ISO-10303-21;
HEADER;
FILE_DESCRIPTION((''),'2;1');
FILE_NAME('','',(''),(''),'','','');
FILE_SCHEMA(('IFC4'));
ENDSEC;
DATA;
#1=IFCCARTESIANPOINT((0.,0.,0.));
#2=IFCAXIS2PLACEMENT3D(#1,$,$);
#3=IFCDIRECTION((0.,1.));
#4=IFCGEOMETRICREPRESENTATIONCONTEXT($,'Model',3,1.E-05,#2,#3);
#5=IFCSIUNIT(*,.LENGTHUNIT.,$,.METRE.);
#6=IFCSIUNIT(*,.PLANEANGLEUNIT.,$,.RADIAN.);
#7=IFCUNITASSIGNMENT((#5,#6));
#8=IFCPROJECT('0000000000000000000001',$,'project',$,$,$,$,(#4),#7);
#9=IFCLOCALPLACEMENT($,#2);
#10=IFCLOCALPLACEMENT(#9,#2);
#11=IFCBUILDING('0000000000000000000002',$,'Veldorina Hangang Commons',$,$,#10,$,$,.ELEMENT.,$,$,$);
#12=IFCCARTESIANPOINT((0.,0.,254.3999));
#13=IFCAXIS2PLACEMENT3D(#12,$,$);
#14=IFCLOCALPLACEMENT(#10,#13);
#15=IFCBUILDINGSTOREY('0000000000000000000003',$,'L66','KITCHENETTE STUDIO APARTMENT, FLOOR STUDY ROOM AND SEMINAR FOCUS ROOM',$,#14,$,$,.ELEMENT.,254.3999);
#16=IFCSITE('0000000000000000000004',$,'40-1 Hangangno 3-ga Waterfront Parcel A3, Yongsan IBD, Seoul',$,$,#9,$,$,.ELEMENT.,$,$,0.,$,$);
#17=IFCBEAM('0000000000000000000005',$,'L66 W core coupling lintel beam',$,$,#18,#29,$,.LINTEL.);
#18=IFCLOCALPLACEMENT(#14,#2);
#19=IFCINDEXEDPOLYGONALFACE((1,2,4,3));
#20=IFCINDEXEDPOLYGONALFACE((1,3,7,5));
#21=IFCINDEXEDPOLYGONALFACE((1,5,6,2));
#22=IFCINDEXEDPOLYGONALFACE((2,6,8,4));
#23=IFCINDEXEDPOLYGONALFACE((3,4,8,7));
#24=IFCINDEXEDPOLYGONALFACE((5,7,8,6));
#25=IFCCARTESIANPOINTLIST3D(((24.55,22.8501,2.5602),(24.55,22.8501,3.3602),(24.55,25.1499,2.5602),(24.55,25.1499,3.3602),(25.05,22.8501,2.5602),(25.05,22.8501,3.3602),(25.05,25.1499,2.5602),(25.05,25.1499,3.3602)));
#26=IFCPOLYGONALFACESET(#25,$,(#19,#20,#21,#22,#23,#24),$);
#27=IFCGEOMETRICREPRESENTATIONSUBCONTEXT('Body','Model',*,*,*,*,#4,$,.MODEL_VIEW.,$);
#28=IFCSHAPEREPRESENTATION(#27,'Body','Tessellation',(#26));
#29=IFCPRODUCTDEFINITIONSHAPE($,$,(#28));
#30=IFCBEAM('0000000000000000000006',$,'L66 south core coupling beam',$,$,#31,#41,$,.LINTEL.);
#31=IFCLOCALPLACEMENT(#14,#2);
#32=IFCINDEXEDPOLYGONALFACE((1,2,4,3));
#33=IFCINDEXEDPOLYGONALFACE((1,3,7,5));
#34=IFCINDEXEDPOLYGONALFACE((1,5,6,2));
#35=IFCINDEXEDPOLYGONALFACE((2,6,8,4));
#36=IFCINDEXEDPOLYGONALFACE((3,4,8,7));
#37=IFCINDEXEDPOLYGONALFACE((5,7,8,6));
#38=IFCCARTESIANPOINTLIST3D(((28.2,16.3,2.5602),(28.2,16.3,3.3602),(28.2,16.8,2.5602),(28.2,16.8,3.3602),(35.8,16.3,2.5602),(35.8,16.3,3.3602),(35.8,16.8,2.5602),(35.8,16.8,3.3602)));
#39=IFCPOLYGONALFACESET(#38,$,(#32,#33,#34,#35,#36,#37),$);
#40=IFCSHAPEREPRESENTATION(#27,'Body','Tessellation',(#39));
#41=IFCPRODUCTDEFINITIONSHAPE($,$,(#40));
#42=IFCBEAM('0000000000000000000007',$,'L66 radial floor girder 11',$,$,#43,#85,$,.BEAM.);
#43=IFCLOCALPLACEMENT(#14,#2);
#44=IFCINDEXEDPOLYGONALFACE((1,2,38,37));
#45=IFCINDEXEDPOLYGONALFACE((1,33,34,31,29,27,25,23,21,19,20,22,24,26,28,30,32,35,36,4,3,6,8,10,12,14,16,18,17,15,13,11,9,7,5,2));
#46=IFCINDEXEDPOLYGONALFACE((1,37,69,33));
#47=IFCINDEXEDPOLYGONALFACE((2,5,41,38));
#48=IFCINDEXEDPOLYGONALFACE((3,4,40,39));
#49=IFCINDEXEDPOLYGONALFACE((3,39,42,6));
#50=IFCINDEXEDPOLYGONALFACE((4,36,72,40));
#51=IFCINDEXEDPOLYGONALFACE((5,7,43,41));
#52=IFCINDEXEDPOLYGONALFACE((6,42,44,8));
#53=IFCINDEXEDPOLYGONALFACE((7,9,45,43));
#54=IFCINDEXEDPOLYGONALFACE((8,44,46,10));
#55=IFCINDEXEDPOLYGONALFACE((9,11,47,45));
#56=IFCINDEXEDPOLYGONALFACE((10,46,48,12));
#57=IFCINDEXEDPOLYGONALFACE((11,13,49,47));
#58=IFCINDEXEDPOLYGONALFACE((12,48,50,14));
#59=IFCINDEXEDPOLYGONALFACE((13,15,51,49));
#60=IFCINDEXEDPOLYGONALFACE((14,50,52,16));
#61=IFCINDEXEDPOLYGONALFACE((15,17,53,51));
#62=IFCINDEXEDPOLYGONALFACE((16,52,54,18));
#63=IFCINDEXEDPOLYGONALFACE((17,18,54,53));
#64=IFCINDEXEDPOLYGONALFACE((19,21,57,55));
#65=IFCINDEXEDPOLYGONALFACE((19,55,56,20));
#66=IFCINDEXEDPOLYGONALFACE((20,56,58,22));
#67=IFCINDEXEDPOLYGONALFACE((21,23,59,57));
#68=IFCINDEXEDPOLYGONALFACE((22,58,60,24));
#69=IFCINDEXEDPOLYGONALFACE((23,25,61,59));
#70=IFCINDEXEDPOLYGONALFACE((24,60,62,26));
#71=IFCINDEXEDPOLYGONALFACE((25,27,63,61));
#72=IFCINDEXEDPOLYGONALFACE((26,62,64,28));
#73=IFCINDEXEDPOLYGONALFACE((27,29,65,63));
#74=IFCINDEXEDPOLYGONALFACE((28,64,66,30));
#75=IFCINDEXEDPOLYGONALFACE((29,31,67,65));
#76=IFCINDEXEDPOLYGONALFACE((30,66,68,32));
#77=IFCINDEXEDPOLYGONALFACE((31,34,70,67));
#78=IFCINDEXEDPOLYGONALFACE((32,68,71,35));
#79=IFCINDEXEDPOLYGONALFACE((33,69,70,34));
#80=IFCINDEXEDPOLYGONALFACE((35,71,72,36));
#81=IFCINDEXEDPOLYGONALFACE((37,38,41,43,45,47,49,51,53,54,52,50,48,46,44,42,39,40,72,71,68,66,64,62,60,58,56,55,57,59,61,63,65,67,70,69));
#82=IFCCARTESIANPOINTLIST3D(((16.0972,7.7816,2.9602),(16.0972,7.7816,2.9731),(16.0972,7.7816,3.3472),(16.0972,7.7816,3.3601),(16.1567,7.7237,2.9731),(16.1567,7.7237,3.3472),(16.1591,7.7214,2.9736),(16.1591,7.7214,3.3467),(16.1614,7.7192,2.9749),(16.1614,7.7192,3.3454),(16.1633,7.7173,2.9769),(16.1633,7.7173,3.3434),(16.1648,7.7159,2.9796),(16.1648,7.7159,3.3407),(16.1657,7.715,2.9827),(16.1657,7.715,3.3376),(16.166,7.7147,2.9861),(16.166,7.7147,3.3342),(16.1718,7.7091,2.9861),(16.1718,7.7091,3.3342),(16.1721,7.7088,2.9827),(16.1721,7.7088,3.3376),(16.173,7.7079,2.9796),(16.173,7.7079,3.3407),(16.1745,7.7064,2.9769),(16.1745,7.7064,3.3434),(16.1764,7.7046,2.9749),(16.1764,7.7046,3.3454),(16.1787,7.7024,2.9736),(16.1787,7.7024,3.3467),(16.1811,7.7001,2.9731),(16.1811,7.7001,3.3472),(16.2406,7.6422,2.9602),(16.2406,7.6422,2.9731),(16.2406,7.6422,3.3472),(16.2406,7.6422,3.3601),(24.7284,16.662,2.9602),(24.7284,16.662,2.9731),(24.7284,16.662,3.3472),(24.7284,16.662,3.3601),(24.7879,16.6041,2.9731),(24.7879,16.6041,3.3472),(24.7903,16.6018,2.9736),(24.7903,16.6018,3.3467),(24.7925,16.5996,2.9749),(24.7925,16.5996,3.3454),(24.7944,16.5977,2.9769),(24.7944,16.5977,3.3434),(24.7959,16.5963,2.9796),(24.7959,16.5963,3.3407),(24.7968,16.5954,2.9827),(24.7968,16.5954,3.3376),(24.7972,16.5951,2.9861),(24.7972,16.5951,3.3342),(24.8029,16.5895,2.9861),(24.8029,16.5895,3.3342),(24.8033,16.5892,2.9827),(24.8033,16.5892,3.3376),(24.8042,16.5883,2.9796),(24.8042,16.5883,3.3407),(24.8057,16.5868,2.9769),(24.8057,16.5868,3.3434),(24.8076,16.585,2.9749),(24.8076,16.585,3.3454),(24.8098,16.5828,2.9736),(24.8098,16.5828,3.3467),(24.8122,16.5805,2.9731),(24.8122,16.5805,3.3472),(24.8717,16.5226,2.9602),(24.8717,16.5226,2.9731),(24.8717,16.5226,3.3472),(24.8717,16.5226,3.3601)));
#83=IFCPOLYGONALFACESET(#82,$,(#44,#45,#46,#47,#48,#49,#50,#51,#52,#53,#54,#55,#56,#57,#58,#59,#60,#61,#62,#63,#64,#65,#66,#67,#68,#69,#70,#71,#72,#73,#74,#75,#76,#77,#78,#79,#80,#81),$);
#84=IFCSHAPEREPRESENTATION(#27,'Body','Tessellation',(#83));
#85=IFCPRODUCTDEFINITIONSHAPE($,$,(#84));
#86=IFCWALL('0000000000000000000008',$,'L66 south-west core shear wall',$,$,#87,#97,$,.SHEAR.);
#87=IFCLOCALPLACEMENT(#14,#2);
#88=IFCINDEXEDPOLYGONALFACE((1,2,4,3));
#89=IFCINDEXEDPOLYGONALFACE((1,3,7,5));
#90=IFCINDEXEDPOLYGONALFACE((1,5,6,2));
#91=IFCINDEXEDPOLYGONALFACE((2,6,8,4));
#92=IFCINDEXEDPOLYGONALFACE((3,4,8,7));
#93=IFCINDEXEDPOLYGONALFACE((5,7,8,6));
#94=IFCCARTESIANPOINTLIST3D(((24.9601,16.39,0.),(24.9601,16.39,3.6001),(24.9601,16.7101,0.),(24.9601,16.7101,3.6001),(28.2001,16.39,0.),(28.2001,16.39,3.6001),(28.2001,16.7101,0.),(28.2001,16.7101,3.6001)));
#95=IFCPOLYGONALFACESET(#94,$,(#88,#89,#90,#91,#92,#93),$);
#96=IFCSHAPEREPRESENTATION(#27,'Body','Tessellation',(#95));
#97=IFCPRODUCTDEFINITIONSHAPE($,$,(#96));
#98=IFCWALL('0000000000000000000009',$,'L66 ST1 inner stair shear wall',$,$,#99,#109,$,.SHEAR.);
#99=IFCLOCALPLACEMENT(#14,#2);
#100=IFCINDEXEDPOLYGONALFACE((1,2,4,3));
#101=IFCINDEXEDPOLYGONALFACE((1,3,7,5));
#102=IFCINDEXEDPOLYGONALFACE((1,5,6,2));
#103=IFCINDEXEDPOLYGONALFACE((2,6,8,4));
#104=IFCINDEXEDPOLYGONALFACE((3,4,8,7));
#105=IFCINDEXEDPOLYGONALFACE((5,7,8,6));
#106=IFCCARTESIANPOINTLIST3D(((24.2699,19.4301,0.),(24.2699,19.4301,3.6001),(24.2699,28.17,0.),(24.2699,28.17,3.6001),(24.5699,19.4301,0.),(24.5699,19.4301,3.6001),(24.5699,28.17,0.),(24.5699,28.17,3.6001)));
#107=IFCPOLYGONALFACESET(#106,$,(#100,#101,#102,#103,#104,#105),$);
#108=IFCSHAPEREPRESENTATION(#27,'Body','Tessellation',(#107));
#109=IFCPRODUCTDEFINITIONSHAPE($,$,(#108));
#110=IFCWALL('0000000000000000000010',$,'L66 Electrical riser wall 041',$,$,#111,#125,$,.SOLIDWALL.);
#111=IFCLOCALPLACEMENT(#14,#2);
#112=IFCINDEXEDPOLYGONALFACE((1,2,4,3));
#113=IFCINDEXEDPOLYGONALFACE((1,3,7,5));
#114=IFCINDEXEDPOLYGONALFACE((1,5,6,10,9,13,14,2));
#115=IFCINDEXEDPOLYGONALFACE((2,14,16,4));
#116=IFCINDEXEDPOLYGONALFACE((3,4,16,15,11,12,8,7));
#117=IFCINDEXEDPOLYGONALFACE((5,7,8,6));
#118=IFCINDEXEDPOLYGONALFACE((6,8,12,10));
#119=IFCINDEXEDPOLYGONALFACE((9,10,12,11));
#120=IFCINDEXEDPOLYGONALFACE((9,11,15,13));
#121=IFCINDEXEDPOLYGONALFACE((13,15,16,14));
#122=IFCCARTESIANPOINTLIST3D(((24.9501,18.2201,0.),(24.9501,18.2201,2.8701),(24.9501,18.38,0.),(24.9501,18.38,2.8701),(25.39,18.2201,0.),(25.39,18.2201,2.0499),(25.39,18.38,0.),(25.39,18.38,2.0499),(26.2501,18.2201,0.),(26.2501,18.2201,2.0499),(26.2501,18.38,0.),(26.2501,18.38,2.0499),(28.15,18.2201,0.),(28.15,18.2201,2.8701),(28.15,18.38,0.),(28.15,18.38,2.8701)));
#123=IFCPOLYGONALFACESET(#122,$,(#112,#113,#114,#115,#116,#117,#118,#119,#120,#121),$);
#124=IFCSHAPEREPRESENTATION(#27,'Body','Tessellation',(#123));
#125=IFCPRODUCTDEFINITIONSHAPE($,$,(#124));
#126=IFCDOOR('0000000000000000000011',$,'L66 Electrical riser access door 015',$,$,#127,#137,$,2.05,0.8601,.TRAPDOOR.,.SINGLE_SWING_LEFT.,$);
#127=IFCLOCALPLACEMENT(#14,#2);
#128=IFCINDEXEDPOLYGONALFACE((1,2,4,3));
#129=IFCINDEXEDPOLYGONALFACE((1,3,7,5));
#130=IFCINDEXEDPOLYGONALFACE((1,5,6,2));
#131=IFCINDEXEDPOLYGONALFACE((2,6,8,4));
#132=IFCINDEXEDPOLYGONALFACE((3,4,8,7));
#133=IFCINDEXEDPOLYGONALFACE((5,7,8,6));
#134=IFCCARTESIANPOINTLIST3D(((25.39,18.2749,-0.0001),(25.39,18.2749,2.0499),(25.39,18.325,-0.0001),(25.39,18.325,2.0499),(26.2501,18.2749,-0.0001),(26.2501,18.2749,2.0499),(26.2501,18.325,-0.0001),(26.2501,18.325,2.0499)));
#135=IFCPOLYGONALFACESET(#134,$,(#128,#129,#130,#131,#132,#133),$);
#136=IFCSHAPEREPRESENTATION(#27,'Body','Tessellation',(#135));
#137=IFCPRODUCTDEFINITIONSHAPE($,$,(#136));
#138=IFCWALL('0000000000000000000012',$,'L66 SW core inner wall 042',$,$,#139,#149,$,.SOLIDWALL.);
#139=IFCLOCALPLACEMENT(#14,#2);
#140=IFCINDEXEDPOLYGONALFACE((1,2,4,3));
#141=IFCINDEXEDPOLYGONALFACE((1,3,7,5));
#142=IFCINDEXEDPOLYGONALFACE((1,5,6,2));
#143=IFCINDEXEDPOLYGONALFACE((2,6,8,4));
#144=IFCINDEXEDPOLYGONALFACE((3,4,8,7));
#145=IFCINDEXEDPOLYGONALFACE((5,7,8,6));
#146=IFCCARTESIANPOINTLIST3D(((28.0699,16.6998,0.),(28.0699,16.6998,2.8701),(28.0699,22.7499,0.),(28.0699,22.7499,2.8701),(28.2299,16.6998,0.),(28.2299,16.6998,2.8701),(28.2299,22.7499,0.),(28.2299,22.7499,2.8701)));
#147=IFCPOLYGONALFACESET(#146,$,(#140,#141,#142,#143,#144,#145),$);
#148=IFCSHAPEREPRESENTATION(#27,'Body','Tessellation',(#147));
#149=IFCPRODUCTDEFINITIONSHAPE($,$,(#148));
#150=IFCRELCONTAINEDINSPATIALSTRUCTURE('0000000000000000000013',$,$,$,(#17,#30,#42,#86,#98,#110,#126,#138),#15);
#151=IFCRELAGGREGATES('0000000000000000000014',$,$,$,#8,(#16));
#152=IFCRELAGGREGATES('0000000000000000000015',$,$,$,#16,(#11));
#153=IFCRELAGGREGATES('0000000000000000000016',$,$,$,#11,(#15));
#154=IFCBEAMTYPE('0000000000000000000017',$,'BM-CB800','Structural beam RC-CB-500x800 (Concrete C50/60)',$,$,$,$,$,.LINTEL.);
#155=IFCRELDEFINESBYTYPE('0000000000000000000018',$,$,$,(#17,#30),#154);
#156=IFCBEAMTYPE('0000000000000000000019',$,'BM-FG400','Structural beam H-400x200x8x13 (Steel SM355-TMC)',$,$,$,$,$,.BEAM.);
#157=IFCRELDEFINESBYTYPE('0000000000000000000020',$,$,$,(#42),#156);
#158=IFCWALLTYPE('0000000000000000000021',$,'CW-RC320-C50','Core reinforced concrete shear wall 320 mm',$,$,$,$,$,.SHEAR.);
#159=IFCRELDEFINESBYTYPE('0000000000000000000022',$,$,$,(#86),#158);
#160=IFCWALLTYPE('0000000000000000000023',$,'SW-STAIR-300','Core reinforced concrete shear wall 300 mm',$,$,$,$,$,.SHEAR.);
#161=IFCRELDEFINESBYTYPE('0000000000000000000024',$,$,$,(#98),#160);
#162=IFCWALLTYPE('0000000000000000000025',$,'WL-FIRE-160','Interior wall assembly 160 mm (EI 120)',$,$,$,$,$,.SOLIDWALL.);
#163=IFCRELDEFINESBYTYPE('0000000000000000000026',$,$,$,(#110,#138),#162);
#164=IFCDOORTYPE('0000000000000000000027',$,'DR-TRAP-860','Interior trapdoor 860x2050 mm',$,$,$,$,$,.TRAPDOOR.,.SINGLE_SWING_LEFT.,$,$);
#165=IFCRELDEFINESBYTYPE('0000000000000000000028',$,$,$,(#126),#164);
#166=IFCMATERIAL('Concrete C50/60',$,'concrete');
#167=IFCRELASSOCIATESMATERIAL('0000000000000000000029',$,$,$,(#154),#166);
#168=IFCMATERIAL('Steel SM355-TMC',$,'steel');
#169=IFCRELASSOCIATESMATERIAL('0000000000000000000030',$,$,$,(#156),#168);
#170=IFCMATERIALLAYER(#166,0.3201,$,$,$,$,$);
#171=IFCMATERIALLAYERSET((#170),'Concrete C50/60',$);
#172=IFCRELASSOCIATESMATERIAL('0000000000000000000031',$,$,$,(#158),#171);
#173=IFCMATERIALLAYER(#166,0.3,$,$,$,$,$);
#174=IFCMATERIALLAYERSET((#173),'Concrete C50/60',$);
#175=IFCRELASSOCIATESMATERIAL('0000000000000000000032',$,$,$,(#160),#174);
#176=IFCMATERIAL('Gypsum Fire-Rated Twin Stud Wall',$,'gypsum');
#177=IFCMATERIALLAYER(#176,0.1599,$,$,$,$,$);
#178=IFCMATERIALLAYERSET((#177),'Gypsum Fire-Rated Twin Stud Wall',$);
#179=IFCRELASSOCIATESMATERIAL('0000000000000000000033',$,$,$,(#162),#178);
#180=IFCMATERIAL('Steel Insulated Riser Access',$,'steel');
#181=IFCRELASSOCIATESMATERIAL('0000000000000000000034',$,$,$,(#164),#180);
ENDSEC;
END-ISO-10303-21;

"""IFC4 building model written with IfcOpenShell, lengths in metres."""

from ifc_helpers import new_model, si_unit, direction, frame, frame_2d, origin, origin_2d, place, context, subcontext, project, spatial, rectangle, i_section, extrude, material, layer, layer_set, material_profile, profile_set, type_object, element, fill, save


model = new_model("IFC4")

# Units and contexts
model_context = context("Model", 3, precision=1e-05, world=origin(), true_north=direction((0.0, 1.0)))
body_context = subcontext(model_context, "Body", "Model", "MODEL_VIEW")
ifc_project = project(units=[si_unit("LENGTHUNIT", "METRE"), si_unit("PLANEANGLEUNIT", "RADIAN")], contexts=[model_context])

# Site, building, storey
site_placement = place(None, origin())
site = spatial("IfcSite", under=ifc_project, at=site_placement, Name="40-1 Hangangno 3-ga Waterfront Parcel A3, Yongsan IBD, Seoul", CompositionType="ELEMENT", RefElevation=0.0)
building_placement = place(site_placement, origin())
building = spatial("IfcBuilding", under=site, at=building_placement, Name="Veldorina Hangang Commons", CompositionType="ELEMENT")
storey_placement = place(building_placement, frame((0.0, 0.0, 254.3999)))
storey = spatial("IfcBuildingStorey", under=building, at=storey_placement, Name="L66", Description="KITCHENETTE STUDIO APARTMENT, FLOOR STUDY ROOM AND SEMINAR FOCUS ROOM", CompositionType="ELEMENT", Elevation=254.3999)

# Beams
ifc_material_1 = material(Name="Concrete C50/60", Category="concrete")
ifc_material_profile_1 = material_profile(ifc_material_1, rectangle(XDim=0.5, YDim=0.8, at=origin_2d()), Name="RC-CB-500x800")
ifc_profile_set_1 = profile_set([ifc_material_profile_1], Name="Concrete C50/60")
beam_type_1 = type_object("IfcBeamType", Name="BM-CB800", Description="Structural beam RC-CB-500x800 (Concrete C50/60)", PredefinedType="LINTEL", material=ifc_profile_set_1)
beam_1_placement = place(storey_placement, frame((24.8, 22.8501, 2.9602), z_axis=(0.0, 1.0, 0.0), x_axis=(-1.0, 0.0, 0.0)))
element("IfcBeam", 1, at=beam_1_placement, inside=storey, type_object=beam_type_1, Name="L66 W core coupling lintel beam", PredefinedType="LINTEL", context=body_context, shape_type="SweptSolid", body=[
    extrude(rectangle(XDim=0.5, YDim=0.8, at=origin_2d()), origin(), (0.0, 0.0, 1.0), 2.2998),
])
beam_2_placement = place(storey_placement, frame((28.2, 16.55, 2.9602), z_axis=(1.0, 0.0, 0.0), x_axis=(0.0, 1.0, 0.0)))
element("IfcBeam", 2, at=beam_2_placement, inside=storey, type_object=beam_type_1, Name="L66 south core coupling beam", PredefinedType="LINTEL", context=body_context, shape_type="SweptSolid", body=[
    extrude(rectangle(XDim=0.5, YDim=0.8, at=origin_2d()), origin(), (0.0, 0.0, 1.0), 7.6001),
])
ifc_material_2 = material(Name="Steel SM355-TMC", Category="steel")
ifc_material_profile_2 = material_profile(ifc_material_2, i_section(OverallWidth=0.2, OverallDepth=0.3999, WebThickness=0.0081, FlangeThickness=0.0129, FilletRadius=0.0129, at=origin_2d()), Name="H-400x200x8x13")
ifc_profile_set_2 = profile_set([ifc_material_profile_2], Name="Steel SM355-TMC")
beam_type_2 = type_object("IfcBeamType", Name="BM-FG400", Description="Structural beam H-400x200x8x13 (Steel SM355-TMC)", PredefinedType="BEAM", material=ifc_profile_set_2)
beam_3_placement = place(storey_placement, frame((24.8, 16.5923, 3.1602), z_axis=(-0.696971, -0.717099, 0.0), x_axis=(0.717099, -0.696971, 0.0)))
element("IfcBeam", 3, at=beam_3_placement, inside=storey, type_object=beam_type_2, Name="L66 radial floor girder 11", PredefinedType="BEAM", context=body_context, shape_type="SweptSolid", body=[
    extrude(i_section(OverallWidth=0.2, OverallDepth=0.3999, WebThickness=0.0081, FlangeThickness=0.0129, FilletRadius=0.0129, at=origin_2d()), origin(), (0.0, 0.0, 1.0), 12.3838),
])

# Walls
ifc_layer_1 = layer(ifc_material_1, 0.3201)
ifc_layer_set_1 = layer_set([ifc_layer_1], Name="Concrete C50/60")
wall_type_1 = type_object("IfcWallType", Name="CW-RC320-C50", Description="Core reinforced concrete shear wall 320 mm", PredefinedType="SHEAR", material=ifc_layer_set_1)
wall_1_placement = place(storey_placement, frame((24.96, 16.55, 0.0), z_axis=(0.0, 0.0, 1.0), x_axis=(1.0, 0.0, 0.0)))
element("IfcWall", 4, at=wall_1_placement, inside=storey, type_object=wall_type_1, Name="L66 south-west core shear wall", PredefinedType="SHEAR", context=body_context, shape_type="SweptSolid", body=[
    extrude(rectangle(XDim=3.24, YDim=0.3201, at=frame_2d((1.6201, 0.0))), origin(), (0.0, 0.0, 1.0), 3.6001),
])
ifc_layer_2 = layer(ifc_material_1, 0.3)
ifc_layer_set_2 = layer_set([ifc_layer_2], Name="Concrete C50/60")
wall_type_2 = type_object("IfcWallType", Name="SW-STAIR-300", Description="Core reinforced concrete shear wall 300 mm", PredefinedType="SHEAR", material=ifc_layer_set_2)
wall_2_placement = place(storey_placement, frame((24.4199, 19.4299, 0.0), z_axis=(0.0, 0.0, 1.0), x_axis=(0.0, 1.0, 0.0)))
element("IfcWall", 5, at=wall_2_placement, inside=storey, type_object=wall_type_2, Name="L66 ST1 inner stair shear wall", PredefinedType="SHEAR", context=body_context, shape_type="SweptSolid", body=[
    extrude(rectangle(XDim=8.74, YDim=0.3, at=frame_2d((4.3701, 0.0))), origin(), (0.0, 0.0, 1.0), 3.6001),
])

# Wall, opening, door
ifc_material_3 = material(Name="Gypsum Fire-Rated Twin Stud Wall", Category="gypsum")
ifc_layer_3 = layer(ifc_material_3, 0.1599)
ifc_layer_set_3 = layer_set([ifc_layer_3], Name="Gypsum Fire-Rated Twin Stud Wall")
wall_type_3 = type_object("IfcWallType", Name="WL-FIRE-160", Description="Interior wall assembly 160 mm (EI 120)", PredefinedType="SOLIDWALL", material=ifc_layer_set_3)
wall_3_placement = place(storey_placement, frame((24.95, 18.3, 0.0), z_axis=(0.0, 0.0, 1.0), x_axis=(1.0, 0.0, 0.0)))
wall_3 = element("IfcWall", 6, at=wall_3_placement, inside=storey, type_object=wall_type_3, Name="L66 Electrical riser wall 041", PredefinedType="SOLIDWALL", context=body_context, shape_type="SweptSolid", body=[
    extrude(rectangle(XDim=3.2, YDim=0.1599, at=frame_2d((1.6001, 0.0))), origin(), (0.0, 0.0, 1.0), 2.8701),
])
opening_1_placement = place(wall_3_placement, frame((0.4399, 0.0, 0.0)))
opening_1 = element("IfcOpeningElement", 7, at=opening_1_placement, cuts=wall_3, PredefinedType="OPENING", context=body_context, shape_type="SweptSolid", body=[
    extrude(rectangle(XDim=0.8601, YDim=2.05, at=frame_2d((0.4302, 1.0249))), frame((0.0, 0.0898, 0.0), z_axis=(0.0, -1.0, 0.0), x_axis=(1.0, 0.0, 0.0)), (0.0, 0.0, 1.0), 0.1799),
])
ifc_material_4 = material(Name="Steel Insulated Riser Access", Category="steel")
door_type_1 = type_object("IfcDoorType", Name="DR-TRAP-860", Description="Interior trapdoor 860x2050 mm", OperationType="SINGLE_SWING_LEFT", PredefinedType="TRAPDOOR", material=ifc_material_4)
door_1_placement = place(opening_1_placement, origin())
door_1 = element("IfcDoor", 8, at=door_1_placement, inside=storey, type_object=door_type_1, Name="L66 Electrical riser access door 015", OperationType="SINGLE_SWING_LEFT", OverallHeight=2.05, OverallWidth=0.8601, PredefinedType="TRAPDOOR", context=body_context, shape_type="SweptSolid", body=[
    extrude(rectangle(XDim=0.8601, YDim=2.05, at=frame_2d((0.4302, 1.0249))), frame((0.0, 0.0249, 0.0), z_axis=(0.0, -1.0, 0.0), x_axis=(1.0, 0.0, 0.0)), (0.0, 0.0, 1.0), 0.05),
])
fill(opening_1, door_1)

# Wall
wall_4_placement = place(storey_placement, frame((28.1499, 16.7, 0.0), z_axis=(0.0, 0.0, 1.0), x_axis=(0.0, 1.0, 0.0)))
element("IfcWall", 9, at=wall_4_placement, inside=storey, type_object=wall_type_3, Name="L66 SW core inner wall 042", PredefinedType="SOLIDWALL", context=body_context, shape_type="SweptSolid", body=[
    extrude(rectangle(XDim=6.05, YDim=0.1599, at=frame_2d((3.0249, 0.0))), origin(), (0.0, 0.0, 1.0), 2.8701),
])

save(model, "model.ifc")
